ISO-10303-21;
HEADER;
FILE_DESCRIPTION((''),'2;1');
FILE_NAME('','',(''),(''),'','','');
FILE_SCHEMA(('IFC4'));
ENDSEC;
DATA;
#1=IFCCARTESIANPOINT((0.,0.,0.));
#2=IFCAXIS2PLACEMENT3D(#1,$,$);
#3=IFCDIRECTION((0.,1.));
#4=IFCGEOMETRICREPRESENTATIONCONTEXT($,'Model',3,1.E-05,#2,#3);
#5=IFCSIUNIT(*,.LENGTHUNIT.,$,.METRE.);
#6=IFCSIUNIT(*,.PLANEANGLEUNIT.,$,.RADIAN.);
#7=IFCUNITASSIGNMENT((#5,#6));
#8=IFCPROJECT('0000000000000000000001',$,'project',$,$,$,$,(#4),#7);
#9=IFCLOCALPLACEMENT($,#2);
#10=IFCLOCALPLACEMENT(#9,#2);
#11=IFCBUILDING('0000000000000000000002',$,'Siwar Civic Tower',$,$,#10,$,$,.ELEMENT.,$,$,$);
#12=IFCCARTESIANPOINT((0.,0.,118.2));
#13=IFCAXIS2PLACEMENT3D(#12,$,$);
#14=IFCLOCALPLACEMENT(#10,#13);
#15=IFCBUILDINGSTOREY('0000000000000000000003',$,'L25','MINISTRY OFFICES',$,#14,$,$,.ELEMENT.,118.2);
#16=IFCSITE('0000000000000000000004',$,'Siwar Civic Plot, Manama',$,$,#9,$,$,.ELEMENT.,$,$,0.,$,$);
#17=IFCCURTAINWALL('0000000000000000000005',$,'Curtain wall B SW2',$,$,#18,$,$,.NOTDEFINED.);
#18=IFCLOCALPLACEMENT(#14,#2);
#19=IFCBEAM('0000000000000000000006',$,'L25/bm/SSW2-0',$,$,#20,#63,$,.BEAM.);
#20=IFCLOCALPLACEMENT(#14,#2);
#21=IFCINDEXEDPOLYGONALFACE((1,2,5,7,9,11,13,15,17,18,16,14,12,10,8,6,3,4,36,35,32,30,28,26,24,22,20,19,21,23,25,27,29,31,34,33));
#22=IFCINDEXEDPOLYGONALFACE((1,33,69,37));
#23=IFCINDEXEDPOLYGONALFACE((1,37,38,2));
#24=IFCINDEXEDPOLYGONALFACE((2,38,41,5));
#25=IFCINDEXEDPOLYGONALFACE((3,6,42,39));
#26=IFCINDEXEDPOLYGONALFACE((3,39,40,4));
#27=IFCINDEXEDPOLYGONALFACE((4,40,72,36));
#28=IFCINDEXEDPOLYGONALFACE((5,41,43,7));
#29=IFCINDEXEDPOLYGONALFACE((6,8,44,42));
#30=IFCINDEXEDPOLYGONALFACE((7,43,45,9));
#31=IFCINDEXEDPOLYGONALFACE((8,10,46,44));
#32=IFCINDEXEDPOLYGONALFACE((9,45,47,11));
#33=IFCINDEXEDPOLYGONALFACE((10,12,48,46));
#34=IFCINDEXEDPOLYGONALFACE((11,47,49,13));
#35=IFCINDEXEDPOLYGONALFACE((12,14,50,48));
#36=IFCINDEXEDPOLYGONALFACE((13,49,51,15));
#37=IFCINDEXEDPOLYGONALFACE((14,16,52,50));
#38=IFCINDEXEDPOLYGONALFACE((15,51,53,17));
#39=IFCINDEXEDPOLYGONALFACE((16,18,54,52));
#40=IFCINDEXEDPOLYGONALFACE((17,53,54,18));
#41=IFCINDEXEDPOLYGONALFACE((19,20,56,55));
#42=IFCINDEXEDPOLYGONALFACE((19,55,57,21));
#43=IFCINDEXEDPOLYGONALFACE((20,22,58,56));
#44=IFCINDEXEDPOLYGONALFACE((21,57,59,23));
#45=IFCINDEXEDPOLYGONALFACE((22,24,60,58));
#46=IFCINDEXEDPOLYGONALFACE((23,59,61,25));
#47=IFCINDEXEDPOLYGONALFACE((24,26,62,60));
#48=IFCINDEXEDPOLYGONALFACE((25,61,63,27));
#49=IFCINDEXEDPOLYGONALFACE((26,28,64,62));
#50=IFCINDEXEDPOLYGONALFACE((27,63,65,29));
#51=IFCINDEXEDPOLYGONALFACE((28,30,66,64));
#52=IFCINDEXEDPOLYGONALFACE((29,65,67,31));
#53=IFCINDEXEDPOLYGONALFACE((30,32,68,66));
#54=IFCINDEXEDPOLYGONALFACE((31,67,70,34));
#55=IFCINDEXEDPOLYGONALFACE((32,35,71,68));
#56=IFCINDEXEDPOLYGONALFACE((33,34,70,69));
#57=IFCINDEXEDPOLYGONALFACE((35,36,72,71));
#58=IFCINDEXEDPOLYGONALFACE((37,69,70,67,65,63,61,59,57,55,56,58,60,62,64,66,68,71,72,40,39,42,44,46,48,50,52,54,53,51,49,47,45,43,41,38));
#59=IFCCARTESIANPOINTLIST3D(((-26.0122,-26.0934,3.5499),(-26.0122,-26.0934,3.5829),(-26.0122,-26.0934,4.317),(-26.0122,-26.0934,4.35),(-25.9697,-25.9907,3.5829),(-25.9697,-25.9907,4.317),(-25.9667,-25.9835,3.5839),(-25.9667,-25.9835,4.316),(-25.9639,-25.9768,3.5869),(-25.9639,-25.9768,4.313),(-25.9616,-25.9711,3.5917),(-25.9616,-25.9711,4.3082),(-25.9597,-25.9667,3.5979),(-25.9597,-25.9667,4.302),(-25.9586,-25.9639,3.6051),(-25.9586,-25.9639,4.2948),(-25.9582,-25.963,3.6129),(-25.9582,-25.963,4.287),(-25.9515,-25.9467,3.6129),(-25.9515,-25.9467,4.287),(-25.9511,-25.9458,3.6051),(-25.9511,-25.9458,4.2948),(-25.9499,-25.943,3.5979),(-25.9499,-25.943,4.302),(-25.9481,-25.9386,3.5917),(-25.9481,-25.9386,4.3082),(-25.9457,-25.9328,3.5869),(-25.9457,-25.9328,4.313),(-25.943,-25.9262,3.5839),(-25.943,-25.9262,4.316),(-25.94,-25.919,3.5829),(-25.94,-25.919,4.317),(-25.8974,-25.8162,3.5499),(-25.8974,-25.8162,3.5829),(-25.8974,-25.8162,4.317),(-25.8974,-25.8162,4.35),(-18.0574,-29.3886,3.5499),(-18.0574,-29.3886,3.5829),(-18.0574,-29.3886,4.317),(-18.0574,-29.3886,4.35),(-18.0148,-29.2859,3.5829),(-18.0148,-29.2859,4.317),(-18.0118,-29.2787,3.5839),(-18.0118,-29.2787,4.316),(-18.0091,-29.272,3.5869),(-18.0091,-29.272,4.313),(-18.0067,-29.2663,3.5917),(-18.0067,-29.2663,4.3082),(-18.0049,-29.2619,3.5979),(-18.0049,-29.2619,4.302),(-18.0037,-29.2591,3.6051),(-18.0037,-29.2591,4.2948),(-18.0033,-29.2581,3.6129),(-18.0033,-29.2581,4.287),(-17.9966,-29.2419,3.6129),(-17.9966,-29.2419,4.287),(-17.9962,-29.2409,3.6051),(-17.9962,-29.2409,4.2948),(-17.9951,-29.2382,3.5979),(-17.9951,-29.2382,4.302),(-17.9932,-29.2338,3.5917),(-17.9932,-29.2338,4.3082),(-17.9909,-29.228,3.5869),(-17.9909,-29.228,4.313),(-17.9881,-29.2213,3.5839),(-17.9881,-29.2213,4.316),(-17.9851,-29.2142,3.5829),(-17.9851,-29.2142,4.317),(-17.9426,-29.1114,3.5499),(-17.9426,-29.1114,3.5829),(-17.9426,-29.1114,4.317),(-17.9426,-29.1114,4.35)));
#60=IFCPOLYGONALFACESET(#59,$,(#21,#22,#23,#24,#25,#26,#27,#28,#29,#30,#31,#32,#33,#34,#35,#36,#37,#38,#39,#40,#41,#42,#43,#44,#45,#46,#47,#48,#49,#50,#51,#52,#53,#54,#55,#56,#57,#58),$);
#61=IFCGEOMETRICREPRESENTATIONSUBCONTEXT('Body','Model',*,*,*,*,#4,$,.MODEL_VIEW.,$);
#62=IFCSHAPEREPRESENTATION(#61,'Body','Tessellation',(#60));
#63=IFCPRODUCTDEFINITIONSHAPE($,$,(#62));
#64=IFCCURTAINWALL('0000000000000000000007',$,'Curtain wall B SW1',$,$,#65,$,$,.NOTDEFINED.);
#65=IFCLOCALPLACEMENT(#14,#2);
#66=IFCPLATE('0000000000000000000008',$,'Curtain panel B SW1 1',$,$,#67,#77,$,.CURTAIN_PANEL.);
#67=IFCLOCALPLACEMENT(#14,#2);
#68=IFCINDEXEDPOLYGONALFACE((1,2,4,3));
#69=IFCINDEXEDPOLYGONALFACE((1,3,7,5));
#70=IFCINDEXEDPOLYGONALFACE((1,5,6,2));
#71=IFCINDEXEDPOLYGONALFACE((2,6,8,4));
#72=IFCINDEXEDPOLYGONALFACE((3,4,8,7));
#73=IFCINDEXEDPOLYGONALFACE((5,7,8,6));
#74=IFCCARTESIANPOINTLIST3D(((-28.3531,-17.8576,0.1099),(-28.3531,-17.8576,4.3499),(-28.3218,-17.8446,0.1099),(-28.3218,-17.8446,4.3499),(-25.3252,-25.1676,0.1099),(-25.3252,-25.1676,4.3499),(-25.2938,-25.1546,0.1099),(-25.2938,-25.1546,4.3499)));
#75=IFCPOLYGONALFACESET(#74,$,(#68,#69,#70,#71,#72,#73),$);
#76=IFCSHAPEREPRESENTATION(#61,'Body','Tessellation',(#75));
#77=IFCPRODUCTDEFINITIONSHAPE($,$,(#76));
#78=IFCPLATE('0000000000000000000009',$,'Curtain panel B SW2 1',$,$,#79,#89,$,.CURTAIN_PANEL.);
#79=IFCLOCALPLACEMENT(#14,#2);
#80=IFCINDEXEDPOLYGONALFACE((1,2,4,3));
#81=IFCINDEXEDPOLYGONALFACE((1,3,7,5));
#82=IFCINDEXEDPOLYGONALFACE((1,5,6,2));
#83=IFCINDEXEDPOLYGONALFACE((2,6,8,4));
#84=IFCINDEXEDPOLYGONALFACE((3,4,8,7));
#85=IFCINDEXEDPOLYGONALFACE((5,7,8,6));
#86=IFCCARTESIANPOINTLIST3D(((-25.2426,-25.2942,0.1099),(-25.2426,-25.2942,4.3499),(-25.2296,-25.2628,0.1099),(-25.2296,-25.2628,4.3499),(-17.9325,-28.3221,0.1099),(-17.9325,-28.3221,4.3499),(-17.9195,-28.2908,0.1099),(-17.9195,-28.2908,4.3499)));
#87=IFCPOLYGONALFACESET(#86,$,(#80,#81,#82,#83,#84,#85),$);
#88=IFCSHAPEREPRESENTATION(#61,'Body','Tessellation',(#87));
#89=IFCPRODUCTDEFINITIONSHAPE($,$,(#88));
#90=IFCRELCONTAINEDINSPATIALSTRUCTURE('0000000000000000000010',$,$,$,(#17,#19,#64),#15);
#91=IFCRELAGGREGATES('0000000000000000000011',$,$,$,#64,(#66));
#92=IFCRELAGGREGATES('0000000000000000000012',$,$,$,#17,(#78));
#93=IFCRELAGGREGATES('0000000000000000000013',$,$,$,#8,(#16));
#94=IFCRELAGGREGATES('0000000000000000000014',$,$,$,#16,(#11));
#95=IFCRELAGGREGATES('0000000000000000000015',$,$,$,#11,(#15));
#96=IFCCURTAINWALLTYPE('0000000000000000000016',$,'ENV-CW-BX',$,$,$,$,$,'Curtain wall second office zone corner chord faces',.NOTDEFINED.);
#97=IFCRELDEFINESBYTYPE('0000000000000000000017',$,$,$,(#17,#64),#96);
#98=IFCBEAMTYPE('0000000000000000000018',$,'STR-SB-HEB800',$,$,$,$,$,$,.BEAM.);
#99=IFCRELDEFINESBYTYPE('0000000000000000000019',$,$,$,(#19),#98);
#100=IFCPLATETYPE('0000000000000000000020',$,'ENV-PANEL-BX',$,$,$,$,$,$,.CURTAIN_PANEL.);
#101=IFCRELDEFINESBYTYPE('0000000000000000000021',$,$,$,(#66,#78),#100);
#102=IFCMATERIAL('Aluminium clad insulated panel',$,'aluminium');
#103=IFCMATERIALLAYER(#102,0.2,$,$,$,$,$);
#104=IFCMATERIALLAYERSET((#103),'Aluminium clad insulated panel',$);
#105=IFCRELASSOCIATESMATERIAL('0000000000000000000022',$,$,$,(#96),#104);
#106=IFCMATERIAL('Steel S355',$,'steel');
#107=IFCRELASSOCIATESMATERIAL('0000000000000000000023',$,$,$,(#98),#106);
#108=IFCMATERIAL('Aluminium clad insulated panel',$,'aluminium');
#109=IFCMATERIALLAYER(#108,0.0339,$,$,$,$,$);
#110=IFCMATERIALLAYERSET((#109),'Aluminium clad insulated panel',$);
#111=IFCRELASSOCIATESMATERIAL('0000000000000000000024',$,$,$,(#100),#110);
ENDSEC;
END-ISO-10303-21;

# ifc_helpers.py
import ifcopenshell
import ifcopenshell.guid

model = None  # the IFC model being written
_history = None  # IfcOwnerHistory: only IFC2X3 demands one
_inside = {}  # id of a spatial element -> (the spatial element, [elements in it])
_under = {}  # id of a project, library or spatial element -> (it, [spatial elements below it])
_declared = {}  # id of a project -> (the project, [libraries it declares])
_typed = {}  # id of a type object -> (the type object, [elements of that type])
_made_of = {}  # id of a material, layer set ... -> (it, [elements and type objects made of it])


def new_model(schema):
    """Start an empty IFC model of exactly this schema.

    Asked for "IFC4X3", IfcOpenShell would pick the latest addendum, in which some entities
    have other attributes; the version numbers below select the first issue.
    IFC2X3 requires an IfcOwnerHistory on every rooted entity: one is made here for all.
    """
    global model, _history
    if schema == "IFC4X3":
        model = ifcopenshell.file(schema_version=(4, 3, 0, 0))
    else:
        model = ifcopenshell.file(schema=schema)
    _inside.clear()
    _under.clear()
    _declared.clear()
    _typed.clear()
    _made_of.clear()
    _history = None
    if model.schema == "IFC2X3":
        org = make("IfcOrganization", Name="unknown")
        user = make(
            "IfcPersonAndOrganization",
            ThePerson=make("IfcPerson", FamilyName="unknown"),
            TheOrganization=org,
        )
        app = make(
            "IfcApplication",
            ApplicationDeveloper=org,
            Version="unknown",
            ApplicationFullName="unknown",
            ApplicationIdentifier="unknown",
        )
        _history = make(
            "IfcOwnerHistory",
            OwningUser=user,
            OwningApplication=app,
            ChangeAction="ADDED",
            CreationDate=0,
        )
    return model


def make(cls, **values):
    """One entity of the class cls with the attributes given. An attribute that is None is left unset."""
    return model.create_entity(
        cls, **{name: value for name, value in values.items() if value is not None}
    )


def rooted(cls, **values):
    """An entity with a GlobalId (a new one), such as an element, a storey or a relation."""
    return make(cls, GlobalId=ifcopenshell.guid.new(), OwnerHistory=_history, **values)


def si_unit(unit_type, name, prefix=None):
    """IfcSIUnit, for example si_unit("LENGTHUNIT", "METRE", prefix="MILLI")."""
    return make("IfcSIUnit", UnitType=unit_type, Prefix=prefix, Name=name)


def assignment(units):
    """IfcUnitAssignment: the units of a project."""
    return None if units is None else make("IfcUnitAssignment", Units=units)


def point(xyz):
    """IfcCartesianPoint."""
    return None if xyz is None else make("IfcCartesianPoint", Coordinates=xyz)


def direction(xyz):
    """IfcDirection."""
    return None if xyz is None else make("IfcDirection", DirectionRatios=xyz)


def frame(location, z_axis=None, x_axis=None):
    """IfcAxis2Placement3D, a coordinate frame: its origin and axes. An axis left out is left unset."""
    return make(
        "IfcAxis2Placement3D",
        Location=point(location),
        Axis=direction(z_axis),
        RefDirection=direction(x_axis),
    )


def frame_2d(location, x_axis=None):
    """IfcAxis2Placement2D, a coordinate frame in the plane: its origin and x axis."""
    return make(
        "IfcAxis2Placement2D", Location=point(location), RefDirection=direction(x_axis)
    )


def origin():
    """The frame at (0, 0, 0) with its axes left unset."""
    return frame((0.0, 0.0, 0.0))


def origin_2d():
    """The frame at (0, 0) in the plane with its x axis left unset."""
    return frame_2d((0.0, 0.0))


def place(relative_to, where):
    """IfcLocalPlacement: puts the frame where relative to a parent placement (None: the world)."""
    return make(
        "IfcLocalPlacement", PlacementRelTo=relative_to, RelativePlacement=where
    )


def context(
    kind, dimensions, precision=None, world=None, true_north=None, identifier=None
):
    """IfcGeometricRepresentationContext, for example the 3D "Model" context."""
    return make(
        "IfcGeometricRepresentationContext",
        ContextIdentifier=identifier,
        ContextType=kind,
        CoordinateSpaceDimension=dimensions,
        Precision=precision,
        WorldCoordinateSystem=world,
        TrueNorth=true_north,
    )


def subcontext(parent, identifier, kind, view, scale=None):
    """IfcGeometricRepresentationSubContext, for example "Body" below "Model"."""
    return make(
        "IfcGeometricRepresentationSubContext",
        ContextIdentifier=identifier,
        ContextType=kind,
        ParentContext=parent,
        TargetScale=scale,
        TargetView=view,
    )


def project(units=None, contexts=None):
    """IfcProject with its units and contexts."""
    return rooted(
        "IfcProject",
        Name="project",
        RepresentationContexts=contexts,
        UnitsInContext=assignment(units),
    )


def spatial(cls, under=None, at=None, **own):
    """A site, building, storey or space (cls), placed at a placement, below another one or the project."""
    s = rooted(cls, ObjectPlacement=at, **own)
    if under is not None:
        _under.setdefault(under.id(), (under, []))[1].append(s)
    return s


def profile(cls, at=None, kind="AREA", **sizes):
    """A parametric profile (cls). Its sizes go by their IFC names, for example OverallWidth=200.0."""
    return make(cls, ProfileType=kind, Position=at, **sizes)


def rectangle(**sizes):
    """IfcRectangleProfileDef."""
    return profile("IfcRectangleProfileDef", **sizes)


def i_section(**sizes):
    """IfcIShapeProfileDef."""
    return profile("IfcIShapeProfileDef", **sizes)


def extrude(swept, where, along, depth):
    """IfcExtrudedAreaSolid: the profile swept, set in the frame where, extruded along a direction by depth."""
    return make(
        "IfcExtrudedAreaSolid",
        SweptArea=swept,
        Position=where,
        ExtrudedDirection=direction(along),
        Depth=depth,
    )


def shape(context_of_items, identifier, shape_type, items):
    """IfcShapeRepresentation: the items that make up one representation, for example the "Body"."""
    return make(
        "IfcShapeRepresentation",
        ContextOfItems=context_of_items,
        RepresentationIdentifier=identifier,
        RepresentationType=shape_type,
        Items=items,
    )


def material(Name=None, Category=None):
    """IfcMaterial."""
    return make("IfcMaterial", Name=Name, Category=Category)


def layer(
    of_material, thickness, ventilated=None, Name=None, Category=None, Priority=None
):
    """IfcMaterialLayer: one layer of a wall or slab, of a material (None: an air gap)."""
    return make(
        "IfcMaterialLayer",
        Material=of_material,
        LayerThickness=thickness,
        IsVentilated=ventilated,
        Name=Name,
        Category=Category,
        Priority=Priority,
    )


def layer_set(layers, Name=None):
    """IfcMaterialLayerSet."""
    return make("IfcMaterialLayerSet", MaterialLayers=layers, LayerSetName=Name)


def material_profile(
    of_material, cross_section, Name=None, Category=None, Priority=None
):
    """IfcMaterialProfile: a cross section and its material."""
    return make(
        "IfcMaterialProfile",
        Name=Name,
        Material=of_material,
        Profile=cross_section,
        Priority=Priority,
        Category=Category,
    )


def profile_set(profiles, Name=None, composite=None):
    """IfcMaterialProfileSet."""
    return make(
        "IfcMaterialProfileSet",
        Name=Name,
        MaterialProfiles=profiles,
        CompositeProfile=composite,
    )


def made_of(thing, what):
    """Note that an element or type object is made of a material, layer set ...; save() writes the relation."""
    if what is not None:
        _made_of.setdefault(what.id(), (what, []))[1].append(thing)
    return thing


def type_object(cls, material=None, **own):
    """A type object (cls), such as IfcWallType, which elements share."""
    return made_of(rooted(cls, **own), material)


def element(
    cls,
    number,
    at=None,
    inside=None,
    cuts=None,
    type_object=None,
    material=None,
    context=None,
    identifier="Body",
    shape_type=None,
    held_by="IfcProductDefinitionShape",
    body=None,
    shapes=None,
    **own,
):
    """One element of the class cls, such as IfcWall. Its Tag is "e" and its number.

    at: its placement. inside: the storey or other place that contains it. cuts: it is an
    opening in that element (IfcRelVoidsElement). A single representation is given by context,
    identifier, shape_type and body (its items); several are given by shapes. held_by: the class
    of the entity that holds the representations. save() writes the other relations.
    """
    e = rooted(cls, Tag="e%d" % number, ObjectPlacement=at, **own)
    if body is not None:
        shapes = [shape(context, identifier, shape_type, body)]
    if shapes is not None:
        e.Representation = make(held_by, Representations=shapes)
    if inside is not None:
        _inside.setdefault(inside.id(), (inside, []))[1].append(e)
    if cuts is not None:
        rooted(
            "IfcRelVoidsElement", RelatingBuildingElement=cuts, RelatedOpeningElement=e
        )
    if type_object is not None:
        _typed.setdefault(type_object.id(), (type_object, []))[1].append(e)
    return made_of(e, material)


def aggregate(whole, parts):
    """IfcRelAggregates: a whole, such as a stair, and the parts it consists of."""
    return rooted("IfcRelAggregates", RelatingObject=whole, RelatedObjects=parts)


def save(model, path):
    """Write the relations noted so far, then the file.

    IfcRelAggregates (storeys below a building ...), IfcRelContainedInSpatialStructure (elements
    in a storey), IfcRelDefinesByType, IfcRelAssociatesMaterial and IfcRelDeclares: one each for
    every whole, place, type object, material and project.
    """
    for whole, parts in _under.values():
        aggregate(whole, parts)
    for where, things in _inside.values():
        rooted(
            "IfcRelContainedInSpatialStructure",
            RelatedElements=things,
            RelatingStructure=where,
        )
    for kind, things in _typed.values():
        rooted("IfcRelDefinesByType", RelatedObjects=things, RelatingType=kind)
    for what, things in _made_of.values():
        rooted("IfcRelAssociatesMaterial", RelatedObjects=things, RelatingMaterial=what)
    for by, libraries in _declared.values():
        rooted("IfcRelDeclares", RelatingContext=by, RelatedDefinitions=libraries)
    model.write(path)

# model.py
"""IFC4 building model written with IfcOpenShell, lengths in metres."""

from ifc_helpers import new_model, si_unit, direction, frame, origin, origin_2d, place, context, subcontext, project, spatial, rectangle, i_section, extrude, material, layer, layer_set, material_profile, profile_set, type_object, element, aggregate, save


model = new_model("IFC4")

# Units and contexts
model_context = context("Model", 3, precision=1e-05, world=origin(), true_north=direction((0.0, 1.0)))
body_context = subcontext(model_context, "Body", "Model", "MODEL_VIEW")
ifc_project = project(units=[si_unit("LENGTHUNIT", "METRE"), si_unit("PLANEANGLEUNIT", "RADIAN")], contexts=[model_context])

# Site, building, storey
site_placement = place(None, origin())
site = spatial("IfcSite", under=ifc_project, at=site_placement, Name="Siwar Civic Plot, Manama", CompositionType="ELEMENT", RefElevation=0.0)
building_placement = place(site_placement, origin())
building = spatial("IfcBuilding", under=site, at=building_placement, Name="Siwar Civic Tower", CompositionType="ELEMENT")
storey_placement = place(building_placement, frame((0.0, 0.0, 118.2)))
storey = spatial("IfcBuildingStorey", under=building, at=storey_placement, Name="L25", Description="MINISTRY OFFICES", CompositionType="ELEMENT", Elevation=118.2)

# Curtain wall
ifc_material_1 = material(Name="Aluminium clad insulated panel", Category="aluminium")
ifc_layer_1 = layer(ifc_material_1, 0.2)
ifc_layer_set_1 = layer_set([ifc_layer_1], Name="Aluminium clad insulated panel")
curtain_wall_type = type_object("IfcCurtainWallType", Name="ENV-CW-BX", ElementType="Curtain wall second office zone corner chord faces", PredefinedType="NOTDEFINED", material=ifc_layer_set_1)
curtain_wall_1_placement = place(storey_placement, origin())
curtain_wall_1 = element("IfcCurtainWall", 1, at=curtain_wall_1_placement, inside=storey, type_object=curtain_wall_type, Name="Curtain wall B SW2", PredefinedType="NOTDEFINED")

# Beam
ifc_material_2 = material(Name="Steel S355", Category="steel")
ifc_material_profile_1 = material_profile(ifc_material_2, i_section(OverallWidth=0.3, OverallDepth=0.8, WebThickness=0.0176, FlangeThickness=0.033, FilletRadius=0.03, at=origin_2d()), Name="HEB800")
ifc_profile_set_1 = profile_set([ifc_material_profile_1], Name="Steel S355")
beam_type_1 = type_object("IfcBeamType", Name="STR-SB-HEB800", PredefinedType="BEAM", material=ifc_profile_set_1)
for number, where, z_axis, x_axis, name in (
    (2, (-25.9548, -25.9548, 3.95), (0.923873, -0.3827, 0.0), (0.3827, 0.923873, 0.0), "L25/bm/SSW2-0"),
):
    element("IfcBeam", number, at=place(storey_placement, frame(where, z_axis=z_axis, x_axis=x_axis)), inside=storey, type_object=beam_type_1, Name=name, PredefinedType="BEAM", context=body_context, shape_type="SweptSolid", body=[
        extrude(i_section(OverallWidth=0.3, OverallDepth=0.8, WebThickness=0.0176, FlangeThickness=0.033, FilletRadius=0.03, at=origin_2d()), origin(), (0.0, 0.0, 1.0), 8.6104),
    ])

# Curtain wall, plate
curtain_wall_2_placement = place(storey_placement, origin())
curtain_wall_2 = element("IfcCurtainWall", 3, at=curtain_wall_2_placement, inside=storey, type_object=curtain_wall_type, Name="Curtain wall B SW1", PredefinedType="NOTDEFINED")
ifc_material_3 = material(Name="Aluminium clad insulated panel", Category="aluminium")
ifc_layer_2 = layer(ifc_material_3, 0.0339)
ifc_layer_set_2 = layer_set([ifc_layer_2], Name="Aluminium clad insulated panel")
plate_type = type_object("IfcPlateType", Name="ENV-PANEL-BX", PredefinedType="CURTAIN_PANEL", material=ifc_layer_set_2)
plate_1_placement = place(storey_placement, frame((-26.8235, -21.5061, 0.1099), z_axis=(0.0, 0.0, 1.0), x_axis=(0.382683, -0.92388, 0.0)))
plate_1 = element("IfcPlate", 4, at=plate_1_placement, type_object=plate_type, Name="Curtain panel B SW1 1", PredefinedType="CURTAIN_PANEL", context=body_context, shape_type="SweptSolid", body=[
    extrude(rectangle(XDim=7.9124, YDim=0.0339, at=origin_2d()), origin(), (0.0, 0.0, 1.0), 4.24),
])
aggregate(curtain_wall_2, [plate_1])

# Plate
plate_2_placement = place(storey_placement, frame((-21.5811, -26.7925, 0.1099), z_axis=(0.0, 0.0, 1.0), x_axis=(0.92388, -0.382683, 0.0)))
plate_2 = element("IfcPlate", 5, at=plate_2_placement, type_object=plate_type, Name="Curtain panel B SW2 1", PredefinedType="CURTAIN_PANEL", context=body_context, shape_type="SweptSolid", body=[
    extrude(rectangle(XDim=7.9124, YDim=0.0339, at=origin_2d()), origin(), (0.0, 0.0, 1.0), 4.24),
])
aggregate(curtain_wall_1, [plate_2])

save(model, "model.ifc")
